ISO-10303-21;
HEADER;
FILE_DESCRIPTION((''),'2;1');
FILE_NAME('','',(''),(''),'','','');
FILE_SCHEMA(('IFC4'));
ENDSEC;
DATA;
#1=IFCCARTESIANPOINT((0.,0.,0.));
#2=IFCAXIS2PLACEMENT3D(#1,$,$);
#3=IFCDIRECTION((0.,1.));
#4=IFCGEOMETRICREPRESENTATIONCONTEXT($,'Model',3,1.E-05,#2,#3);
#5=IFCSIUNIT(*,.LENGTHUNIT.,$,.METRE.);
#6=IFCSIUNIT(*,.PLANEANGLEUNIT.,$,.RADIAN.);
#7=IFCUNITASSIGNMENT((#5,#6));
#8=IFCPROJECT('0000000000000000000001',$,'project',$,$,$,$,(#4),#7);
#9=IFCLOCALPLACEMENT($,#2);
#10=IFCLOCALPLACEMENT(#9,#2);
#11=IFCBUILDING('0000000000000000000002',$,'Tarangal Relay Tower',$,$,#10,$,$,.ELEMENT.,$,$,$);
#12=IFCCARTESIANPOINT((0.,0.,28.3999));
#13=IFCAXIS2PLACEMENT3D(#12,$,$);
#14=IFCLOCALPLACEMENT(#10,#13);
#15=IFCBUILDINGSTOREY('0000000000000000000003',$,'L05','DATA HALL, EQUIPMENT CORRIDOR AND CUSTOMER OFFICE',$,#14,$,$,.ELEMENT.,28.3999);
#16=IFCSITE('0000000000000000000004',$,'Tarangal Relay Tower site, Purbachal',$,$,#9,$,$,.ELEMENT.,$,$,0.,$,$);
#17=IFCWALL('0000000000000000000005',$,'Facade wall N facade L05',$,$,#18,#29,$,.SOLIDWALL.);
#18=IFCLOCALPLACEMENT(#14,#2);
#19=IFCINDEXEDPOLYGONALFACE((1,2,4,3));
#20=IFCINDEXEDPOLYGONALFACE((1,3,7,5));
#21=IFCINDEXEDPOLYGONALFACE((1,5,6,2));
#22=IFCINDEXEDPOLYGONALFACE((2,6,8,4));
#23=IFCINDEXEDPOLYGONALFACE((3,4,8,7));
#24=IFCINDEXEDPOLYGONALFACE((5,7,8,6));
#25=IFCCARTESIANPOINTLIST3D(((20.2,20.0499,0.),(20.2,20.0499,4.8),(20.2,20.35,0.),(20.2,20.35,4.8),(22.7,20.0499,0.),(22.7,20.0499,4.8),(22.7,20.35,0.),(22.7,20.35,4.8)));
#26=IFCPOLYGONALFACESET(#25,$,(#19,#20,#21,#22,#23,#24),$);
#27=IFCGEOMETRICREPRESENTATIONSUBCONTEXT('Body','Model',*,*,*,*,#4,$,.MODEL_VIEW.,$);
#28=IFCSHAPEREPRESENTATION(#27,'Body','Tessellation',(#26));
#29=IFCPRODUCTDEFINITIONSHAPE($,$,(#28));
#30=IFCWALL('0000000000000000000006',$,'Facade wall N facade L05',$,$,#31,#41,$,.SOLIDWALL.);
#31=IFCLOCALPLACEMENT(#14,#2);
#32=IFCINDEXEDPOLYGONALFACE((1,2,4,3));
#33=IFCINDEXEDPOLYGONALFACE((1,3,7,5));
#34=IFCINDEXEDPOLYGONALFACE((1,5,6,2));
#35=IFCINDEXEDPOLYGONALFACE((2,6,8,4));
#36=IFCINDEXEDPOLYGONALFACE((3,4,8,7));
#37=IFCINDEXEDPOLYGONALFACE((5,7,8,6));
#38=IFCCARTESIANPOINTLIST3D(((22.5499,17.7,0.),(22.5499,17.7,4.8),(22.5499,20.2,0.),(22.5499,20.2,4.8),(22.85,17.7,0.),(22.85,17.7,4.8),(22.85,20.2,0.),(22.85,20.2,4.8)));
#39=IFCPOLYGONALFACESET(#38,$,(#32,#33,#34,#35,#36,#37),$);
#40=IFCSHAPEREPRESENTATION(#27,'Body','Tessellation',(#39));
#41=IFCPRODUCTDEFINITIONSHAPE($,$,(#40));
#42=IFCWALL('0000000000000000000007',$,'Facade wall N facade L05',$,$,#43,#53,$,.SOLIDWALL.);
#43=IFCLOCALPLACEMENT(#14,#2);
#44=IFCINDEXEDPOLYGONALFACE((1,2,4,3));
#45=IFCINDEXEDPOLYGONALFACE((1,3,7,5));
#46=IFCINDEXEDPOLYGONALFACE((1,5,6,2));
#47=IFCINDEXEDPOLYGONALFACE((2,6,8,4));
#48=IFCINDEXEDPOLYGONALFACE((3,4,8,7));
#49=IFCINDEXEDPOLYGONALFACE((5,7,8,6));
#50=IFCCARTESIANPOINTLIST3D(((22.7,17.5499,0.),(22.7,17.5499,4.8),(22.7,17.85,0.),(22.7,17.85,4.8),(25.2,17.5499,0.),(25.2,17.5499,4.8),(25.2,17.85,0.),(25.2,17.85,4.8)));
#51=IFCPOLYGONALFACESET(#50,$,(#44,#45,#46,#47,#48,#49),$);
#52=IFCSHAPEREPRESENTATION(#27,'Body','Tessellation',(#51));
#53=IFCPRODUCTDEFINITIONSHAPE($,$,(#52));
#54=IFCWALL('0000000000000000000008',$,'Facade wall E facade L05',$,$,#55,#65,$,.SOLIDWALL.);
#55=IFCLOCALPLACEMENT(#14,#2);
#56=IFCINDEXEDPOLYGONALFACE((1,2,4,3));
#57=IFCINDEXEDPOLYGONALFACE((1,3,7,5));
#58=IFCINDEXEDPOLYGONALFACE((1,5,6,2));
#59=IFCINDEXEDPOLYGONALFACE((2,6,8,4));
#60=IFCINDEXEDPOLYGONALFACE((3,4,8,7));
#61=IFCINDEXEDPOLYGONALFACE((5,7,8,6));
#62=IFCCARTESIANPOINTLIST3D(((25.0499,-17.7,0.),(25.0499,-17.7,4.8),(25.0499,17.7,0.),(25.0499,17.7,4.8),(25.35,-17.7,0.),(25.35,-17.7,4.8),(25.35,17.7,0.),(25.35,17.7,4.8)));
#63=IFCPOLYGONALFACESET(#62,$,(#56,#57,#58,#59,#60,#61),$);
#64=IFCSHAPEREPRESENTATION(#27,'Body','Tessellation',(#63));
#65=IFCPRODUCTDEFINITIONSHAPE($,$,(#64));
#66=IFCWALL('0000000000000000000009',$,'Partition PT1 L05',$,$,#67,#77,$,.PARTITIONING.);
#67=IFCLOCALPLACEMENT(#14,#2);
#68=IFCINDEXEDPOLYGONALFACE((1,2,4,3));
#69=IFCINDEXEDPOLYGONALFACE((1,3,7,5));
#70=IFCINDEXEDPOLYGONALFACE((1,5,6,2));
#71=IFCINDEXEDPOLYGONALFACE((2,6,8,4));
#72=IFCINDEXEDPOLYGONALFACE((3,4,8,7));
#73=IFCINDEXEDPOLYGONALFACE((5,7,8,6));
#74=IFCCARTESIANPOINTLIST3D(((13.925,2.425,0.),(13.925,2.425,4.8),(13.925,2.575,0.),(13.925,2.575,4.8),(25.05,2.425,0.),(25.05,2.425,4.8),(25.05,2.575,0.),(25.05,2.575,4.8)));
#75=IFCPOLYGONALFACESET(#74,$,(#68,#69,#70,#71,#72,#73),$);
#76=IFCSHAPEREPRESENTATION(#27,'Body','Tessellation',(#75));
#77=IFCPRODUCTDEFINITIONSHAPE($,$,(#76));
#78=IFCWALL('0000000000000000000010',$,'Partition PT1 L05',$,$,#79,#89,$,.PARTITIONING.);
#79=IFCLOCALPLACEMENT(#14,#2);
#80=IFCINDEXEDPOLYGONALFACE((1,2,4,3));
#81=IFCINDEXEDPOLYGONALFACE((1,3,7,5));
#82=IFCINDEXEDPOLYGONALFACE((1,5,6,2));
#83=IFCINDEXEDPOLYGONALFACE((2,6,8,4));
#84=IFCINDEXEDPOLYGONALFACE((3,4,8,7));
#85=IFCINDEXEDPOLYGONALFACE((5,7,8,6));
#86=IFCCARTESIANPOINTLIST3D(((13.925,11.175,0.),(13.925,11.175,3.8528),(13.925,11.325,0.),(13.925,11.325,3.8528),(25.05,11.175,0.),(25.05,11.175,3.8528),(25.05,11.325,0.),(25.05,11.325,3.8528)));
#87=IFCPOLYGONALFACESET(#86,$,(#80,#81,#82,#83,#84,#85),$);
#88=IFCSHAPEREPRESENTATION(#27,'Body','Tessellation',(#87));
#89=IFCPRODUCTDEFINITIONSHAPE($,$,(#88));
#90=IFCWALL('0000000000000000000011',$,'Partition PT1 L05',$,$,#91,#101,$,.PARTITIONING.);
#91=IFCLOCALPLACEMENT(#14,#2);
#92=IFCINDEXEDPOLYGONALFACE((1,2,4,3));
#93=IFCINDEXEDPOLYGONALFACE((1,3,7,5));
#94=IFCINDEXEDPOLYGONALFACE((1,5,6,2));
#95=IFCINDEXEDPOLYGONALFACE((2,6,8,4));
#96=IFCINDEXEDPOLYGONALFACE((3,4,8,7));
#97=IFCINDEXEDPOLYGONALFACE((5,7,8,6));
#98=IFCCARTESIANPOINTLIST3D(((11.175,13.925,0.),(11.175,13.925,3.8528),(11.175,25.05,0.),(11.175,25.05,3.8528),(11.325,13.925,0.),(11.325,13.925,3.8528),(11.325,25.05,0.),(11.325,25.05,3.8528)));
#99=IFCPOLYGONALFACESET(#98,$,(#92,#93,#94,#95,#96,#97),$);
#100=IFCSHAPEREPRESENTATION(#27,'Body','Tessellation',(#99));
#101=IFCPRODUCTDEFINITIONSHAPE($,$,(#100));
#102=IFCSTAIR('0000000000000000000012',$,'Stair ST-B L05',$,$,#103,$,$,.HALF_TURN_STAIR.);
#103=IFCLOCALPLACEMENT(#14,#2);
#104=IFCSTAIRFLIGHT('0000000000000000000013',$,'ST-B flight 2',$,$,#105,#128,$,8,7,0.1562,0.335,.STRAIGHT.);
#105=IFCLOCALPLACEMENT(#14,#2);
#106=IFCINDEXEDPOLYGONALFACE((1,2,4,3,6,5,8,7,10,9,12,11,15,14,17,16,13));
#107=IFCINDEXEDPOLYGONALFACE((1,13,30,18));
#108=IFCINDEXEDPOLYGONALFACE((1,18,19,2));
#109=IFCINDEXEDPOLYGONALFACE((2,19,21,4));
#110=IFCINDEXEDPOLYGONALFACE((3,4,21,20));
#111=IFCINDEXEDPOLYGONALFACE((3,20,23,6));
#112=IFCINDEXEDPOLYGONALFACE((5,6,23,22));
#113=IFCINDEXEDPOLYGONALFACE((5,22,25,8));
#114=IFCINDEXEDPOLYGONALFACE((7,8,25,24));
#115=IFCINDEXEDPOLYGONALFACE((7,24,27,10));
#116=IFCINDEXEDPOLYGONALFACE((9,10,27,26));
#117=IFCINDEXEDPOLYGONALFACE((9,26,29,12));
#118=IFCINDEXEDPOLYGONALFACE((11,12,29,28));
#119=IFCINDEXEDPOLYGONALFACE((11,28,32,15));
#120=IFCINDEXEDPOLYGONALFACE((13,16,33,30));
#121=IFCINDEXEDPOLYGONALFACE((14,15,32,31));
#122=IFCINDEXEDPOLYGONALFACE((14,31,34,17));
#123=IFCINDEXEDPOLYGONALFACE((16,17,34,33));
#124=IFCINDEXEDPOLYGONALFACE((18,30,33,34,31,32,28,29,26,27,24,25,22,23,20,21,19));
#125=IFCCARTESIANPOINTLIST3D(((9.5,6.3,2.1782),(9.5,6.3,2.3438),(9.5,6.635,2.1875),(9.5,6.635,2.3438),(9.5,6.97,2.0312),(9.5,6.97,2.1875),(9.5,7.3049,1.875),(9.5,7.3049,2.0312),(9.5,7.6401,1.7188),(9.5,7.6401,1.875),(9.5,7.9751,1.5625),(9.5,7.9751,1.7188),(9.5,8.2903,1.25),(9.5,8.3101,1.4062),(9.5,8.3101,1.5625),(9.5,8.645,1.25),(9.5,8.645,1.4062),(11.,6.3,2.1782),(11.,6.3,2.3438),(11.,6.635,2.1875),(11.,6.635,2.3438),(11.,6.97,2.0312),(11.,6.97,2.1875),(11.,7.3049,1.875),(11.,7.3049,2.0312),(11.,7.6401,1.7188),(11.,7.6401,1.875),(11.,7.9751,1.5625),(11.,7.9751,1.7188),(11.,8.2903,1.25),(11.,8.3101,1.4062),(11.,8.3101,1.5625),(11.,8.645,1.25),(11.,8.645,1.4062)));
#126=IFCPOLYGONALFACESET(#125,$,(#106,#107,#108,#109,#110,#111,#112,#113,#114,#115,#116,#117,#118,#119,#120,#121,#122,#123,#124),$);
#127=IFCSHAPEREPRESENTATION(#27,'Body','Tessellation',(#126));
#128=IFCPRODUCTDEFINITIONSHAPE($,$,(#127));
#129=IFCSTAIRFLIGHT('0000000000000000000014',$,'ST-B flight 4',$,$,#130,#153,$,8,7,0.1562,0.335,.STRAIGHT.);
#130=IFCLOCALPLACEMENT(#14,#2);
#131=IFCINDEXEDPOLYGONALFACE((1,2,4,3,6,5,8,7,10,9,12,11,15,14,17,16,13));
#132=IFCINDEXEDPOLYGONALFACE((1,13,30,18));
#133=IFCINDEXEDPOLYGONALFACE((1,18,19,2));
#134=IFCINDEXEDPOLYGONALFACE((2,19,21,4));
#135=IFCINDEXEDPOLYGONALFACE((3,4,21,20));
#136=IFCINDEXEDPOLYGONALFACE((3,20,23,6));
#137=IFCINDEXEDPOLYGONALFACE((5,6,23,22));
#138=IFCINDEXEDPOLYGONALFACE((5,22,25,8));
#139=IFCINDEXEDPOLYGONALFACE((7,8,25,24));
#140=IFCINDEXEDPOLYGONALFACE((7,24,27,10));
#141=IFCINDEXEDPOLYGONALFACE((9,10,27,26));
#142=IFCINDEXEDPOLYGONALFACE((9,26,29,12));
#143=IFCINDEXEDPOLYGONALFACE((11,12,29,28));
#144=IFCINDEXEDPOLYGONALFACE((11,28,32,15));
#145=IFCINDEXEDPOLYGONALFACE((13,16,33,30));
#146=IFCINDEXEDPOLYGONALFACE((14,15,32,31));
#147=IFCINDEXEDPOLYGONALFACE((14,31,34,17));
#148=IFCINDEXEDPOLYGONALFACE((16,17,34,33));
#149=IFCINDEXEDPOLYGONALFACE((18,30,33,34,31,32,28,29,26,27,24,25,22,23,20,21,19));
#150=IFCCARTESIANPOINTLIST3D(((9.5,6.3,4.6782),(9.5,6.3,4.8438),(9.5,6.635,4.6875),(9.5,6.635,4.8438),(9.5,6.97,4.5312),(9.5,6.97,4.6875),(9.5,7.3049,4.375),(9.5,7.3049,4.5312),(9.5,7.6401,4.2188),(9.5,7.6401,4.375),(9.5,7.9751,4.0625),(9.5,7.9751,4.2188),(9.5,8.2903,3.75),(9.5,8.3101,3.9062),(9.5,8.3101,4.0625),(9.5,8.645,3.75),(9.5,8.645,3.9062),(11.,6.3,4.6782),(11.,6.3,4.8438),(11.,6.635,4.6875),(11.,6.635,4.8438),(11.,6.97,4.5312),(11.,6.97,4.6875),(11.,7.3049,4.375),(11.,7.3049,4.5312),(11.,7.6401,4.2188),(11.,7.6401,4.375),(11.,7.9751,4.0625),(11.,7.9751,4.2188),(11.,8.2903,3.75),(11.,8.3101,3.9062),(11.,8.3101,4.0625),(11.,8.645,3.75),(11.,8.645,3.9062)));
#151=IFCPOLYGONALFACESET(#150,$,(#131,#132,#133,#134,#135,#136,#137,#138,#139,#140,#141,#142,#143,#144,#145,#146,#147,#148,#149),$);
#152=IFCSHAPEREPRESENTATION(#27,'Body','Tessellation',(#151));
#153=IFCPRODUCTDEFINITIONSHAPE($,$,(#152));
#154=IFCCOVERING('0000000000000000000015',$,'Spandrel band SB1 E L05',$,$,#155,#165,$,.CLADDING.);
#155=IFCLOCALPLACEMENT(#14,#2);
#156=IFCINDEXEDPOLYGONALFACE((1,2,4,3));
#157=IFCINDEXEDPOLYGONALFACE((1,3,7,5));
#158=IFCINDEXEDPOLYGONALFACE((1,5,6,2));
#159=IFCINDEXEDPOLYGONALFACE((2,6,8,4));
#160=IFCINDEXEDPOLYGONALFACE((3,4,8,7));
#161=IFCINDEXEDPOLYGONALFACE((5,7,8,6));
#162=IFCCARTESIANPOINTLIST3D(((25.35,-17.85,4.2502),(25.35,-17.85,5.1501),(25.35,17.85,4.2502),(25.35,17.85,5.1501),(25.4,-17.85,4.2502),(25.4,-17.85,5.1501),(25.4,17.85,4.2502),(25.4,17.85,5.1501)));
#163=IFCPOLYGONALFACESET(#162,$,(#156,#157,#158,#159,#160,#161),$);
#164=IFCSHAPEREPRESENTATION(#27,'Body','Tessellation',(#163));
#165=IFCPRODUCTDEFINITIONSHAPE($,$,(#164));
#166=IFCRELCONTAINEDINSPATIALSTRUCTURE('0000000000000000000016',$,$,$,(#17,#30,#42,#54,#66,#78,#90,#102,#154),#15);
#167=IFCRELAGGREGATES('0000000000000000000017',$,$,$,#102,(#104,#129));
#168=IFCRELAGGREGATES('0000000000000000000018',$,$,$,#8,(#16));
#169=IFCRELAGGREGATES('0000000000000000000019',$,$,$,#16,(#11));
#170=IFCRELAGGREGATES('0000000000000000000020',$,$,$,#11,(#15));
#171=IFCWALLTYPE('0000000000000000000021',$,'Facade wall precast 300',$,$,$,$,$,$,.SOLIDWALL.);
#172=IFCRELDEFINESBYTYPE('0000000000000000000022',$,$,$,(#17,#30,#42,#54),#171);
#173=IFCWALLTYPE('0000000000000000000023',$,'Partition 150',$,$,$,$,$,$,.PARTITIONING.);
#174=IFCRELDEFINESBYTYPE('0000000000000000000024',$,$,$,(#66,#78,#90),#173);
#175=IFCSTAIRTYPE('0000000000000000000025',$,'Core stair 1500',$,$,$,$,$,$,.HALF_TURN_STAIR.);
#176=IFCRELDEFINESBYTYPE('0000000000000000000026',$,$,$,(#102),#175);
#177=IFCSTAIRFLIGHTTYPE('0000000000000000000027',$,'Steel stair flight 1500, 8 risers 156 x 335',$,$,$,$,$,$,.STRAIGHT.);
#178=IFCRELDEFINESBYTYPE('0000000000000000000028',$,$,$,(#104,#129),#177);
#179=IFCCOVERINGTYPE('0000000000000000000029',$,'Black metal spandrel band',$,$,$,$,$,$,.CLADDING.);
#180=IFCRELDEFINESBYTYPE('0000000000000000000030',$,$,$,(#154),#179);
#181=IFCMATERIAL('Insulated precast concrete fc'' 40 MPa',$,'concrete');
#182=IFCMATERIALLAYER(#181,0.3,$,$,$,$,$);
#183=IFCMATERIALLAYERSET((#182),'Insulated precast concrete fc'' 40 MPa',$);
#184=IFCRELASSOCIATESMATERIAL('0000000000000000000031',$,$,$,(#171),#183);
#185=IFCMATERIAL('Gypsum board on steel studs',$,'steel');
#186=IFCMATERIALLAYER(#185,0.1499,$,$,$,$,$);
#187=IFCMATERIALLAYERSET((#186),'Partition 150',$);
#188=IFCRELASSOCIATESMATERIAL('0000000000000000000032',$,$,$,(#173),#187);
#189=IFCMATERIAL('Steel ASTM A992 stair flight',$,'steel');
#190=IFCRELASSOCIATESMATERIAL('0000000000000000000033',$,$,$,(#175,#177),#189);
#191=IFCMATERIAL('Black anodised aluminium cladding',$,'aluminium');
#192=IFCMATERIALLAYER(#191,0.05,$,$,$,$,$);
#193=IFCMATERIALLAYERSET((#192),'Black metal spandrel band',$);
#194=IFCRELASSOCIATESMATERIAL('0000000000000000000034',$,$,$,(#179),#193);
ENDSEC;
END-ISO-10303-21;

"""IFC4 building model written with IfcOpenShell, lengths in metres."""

from ifc_helpers import new_model, si_unit, direction, frame, frame_2d, origin, origin_2d, place, context, subcontext, project, spatial, polyline, rectangle, outline, extrude, material, layer, layer_set, type_object, element, aggregate, save


model = new_model("IFC4")

# Units and contexts
model_context = context("Model", 3, precision=1e-05, world=origin(), true_north=direction((0.0, 1.0)))
body_context = subcontext(model_context, "Body", "Model", "MODEL_VIEW")
ifc_project = project(units=[si_unit("LENGTHUNIT", "METRE"), si_unit("PLANEANGLEUNIT", "RADIAN")], contexts=[model_context])

# Site, building, storey
site_placement = place(None, origin())
site = spatial("IfcSite", under=ifc_project, at=site_placement, Name="Tarangal Relay Tower site, Purbachal", CompositionType="ELEMENT", RefElevation=0.0)
building_placement = place(site_placement, origin())
building = spatial("IfcBuilding", under=site, at=building_placement, Name="Tarangal Relay Tower", CompositionType="ELEMENT")
storey_placement = place(building_placement, frame((0.0, 0.0, 28.3999)))
storey = spatial("IfcBuildingStorey", under=building, at=storey_placement, Name="L05", Description="DATA HALL, EQUIPMENT CORRIDOR AND CUSTOMER OFFICE", CompositionType="ELEMENT", Elevation=28.3999)

# Shared definitions
ifc_material_1 = material(Name="Insulated precast concrete fc' 40 MPa", Category="concrete")
ifc_layer_1 = layer(ifc_material_1, 0.3)
ifc_layer_set_1 = layer_set([ifc_layer_1], Name="Insulated precast concrete fc' 40 MPa")
wall_type_1 = type_object("IfcWallType", Name="Facade wall precast 300", PredefinedType="SOLIDWALL", material=ifc_layer_set_1)

# Walls
for number, where, z_axis, x_axis, name in (
    (1, (20.2, 20.2, 0.0), (0.0, 0.0, 1.0), (1.0, 0.0, 0.0), "Facade wall N facade L05"),
    (2, (22.7, 20.2, 0.0), (0.0, 0.0, 1.0), (0.0, -1.0, 0.0), "Facade wall N facade L05"),
    (3, (22.7, 17.7, 0.0), (0.0, 0.0, 1.0), (1.0, 0.0, 0.0), "Facade wall N facade L05"),
):
    element("IfcWall", number, at=place(storey_placement, frame(where, z_axis=z_axis, x_axis=x_axis)), inside=storey, type_object=wall_type_1, Name=name, PredefinedType="SOLIDWALL", context=body_context, shape_type="SweptSolid", body=[
        extrude(rectangle(XDim=2.5, YDim=0.3, at=frame_2d((1.25, 0.0))), origin(), (0.0, 0.0, 1.0), 4.8),
    ])
wall_1_placement = place(storey_placement, frame((25.2, 17.7, 0.0), z_axis=(0.0, 0.0, 1.0), x_axis=(0.0, -1.0, 0.0)))
element("IfcWall", 4, at=wall_1_placement, inside=storey, type_object=wall_type_1, Name="Facade wall E facade L05", PredefinedType="SOLIDWALL", context=body_context, shape_type="SweptSolid", body=[
    extrude(rectangle(XDim=35.3999, YDim=0.3, at=frame_2d((17.7, 0.0))), origin(), (0.0, 0.0, 1.0), 4.8),
])
ifc_material_2 = material(Name="Gypsum board on steel studs", Category="steel")
ifc_layer_2 = layer(ifc_material_2, 0.1499)
ifc_layer_set_2 = layer_set([ifc_layer_2], Name="Partition 150")
wall_type_2 = type_object("IfcWallType", Name="Partition 150", PredefinedType="PARTITIONING", material=ifc_layer_set_2)
wall_2_placement = place(storey_placement, frame((13.925, 2.5, 0.0), z_axis=(0.0, 0.0, 1.0), x_axis=(1.0, 0.0, 0.0)))
element("IfcWall", 5, at=wall_2_placement, inside=storey, type_object=wall_type_2, Name="Partition PT1 L05", PredefinedType="PARTITIONING", context=body_context, shape_type="SweptSolid", body=[
    extrude(rectangle(XDim=11.125, YDim=0.1499, at=frame_2d((5.5625, 0.0))), origin(), (0.0, 0.0, 1.0), 4.8),
])
for number, where, z_axis, x_axis, name in (
    (6, (13.925, 11.25, 0.0), (0.0, 0.0, 1.0), (1.0, 0.0, 0.0), "Partition PT1 L05"),
    (7, (11.25, 13.925, 0.0), (0.0, 0.0, 1.0), (0.0, 1.0, 0.0), "Partition PT1 L05"),
):
    element("IfcWall", number, at=place(storey_placement, frame(where, z_axis=z_axis, x_axis=x_axis)), inside=storey, type_object=wall_type_2, Name=name, PredefinedType="PARTITIONING", context=body_context, shape_type="SweptSolid", body=[
        extrude(rectangle(XDim=11.125, YDim=0.1499, at=frame_2d((5.5625, 0.0))), origin(), (0.0, 0.0, 1.0), 3.8528),
    ])

# Stair, stair flights
ifc_material_3 = material(Name="Steel ASTM A992 stair flight", Category="steel")
stair_type = type_object("IfcStairType", Name="Core stair 1500", PredefinedType="HALF_TURN_STAIR", material=ifc_material_3)
stair_placement = place(storey_placement, origin())
stair = element("IfcStair", 8, at=stair_placement, inside=storey, type_object=stair_type, Name="Stair ST-B L05", PredefinedType="HALF_TURN_STAIR")
stair_flight_type = type_object("IfcStairFlightType", Name="Steel stair flight 1500, 8 risers 156 x 335", PredefinedType="STRAIGHT", material=ifc_material_3)
stair_flight_1_placement = place(storey_placement, frame((10.25, 8.645, 1.25), z_axis=(0.0, 0.0, 1.0), x_axis=(0.0, -1.0, 0.0)))
stair_flight_1 = element("IfcStairFlight", 9, at=stair_flight_1_placement, type_object=stair_flight_type, Name="ST-B flight 2", NumberOfRisers=8, NumberOfTreads=7, PredefinedType="STRAIGHT", RiserHeight=0.1562, TreadLength=0.335, context=body_context, shape_type="SweptSolid", body=[
    extrude(outline(polyline([(0.0, 0.0), (0.0, 0.1562), (0.335, 0.1562), (0.335, 0.3125), (0.6699, 0.3125), (0.6699, 0.4688), (1.0049, 0.4688), (1.0049, 0.625), (1.3401, 0.625), (1.3401, 0.7812), (1.675, 0.7812), (1.675, 0.9375), (2.01, 0.9375), (2.01, 1.0938), (2.345, 1.0938), (2.345, 1.25), (2.345, 0.9282), (0.3547, 0.0), (0.0, 0.0)])), frame((0.0, 0.75, 0.0), z_axis=(0.0, -1.0, 0.0), x_axis=(1.0, 0.0, 0.0)), (0.0, 0.0, 1.0), 1.5),
])
stair_flight_2_placement = place(storey_placement, frame((10.25, 8.645, 3.75), z_axis=(0.0, 0.0, 1.0), x_axis=(0.0, -1.0, 0.0)))
stair_flight_2 = element("IfcStairFlight", 10, at=stair_flight_2_placement, type_object=stair_flight_type, Name="ST-B flight 4", NumberOfRisers=8, NumberOfTreads=7, PredefinedType="STRAIGHT", RiserHeight=0.1562, TreadLength=0.335, context=body_context, shape_type="SweptSolid", body=[
    extrude(outline(polyline([(0.0, 0.0), (0.0, 0.1562), (0.335, 0.1562), (0.335, 0.3125), (0.6699, 0.3125), (0.6699, 0.4688), (1.0049, 0.4688), (1.0049, 0.625), (1.3401, 0.625), (1.3401, 0.7812), (1.675, 0.7812), (1.675, 0.9375), (2.01, 0.9375), (2.01, 1.0938), (2.345, 1.0938), (2.345, 1.25), (2.345, 0.9282), (0.3547, 0.0), (0.0, 0.0)])), frame((0.0, 0.75, 0.0), z_axis=(0.0, -1.0, 0.0), x_axis=(1.0, 0.0, 0.0)), (0.0, 0.0, 1.0), 1.5),
])
aggregate(stair, [stair_flight_1, stair_flight_2])

# Covering
ifc_material_4 = material(Name="Black anodised aluminium cladding", Category="aluminium")
ifc_layer_3 = layer(ifc_material_4, 0.05)
ifc_layer_set_3 = layer_set([ifc_layer_3], Name="Black metal spandrel band")
covering_type = type_object("IfcCoveringType", Name="Black metal spandrel band", PredefinedType="CLADDING", material=ifc_layer_set_3)
covering_placement = place(storey_placement, frame((25.375, 0.0, 4.2502), z_axis=(0.0, 0.0, 1.0), x_axis=(0.0, -1.0, 0.0)))
element("IfcCovering", 11, at=covering_placement, inside=storey, type_object=covering_type, Name="Spandrel band SB1 E L05", PredefinedType="CLADDING", context=body_context, shape_type="SweptSolid", body=[
    extrude(rectangle(XDim=35.7, YDim=0.05, at=origin_2d()), origin(), (0.0, 0.0, 1.0), 0.8999),
])

save(model, "model.ifc")
